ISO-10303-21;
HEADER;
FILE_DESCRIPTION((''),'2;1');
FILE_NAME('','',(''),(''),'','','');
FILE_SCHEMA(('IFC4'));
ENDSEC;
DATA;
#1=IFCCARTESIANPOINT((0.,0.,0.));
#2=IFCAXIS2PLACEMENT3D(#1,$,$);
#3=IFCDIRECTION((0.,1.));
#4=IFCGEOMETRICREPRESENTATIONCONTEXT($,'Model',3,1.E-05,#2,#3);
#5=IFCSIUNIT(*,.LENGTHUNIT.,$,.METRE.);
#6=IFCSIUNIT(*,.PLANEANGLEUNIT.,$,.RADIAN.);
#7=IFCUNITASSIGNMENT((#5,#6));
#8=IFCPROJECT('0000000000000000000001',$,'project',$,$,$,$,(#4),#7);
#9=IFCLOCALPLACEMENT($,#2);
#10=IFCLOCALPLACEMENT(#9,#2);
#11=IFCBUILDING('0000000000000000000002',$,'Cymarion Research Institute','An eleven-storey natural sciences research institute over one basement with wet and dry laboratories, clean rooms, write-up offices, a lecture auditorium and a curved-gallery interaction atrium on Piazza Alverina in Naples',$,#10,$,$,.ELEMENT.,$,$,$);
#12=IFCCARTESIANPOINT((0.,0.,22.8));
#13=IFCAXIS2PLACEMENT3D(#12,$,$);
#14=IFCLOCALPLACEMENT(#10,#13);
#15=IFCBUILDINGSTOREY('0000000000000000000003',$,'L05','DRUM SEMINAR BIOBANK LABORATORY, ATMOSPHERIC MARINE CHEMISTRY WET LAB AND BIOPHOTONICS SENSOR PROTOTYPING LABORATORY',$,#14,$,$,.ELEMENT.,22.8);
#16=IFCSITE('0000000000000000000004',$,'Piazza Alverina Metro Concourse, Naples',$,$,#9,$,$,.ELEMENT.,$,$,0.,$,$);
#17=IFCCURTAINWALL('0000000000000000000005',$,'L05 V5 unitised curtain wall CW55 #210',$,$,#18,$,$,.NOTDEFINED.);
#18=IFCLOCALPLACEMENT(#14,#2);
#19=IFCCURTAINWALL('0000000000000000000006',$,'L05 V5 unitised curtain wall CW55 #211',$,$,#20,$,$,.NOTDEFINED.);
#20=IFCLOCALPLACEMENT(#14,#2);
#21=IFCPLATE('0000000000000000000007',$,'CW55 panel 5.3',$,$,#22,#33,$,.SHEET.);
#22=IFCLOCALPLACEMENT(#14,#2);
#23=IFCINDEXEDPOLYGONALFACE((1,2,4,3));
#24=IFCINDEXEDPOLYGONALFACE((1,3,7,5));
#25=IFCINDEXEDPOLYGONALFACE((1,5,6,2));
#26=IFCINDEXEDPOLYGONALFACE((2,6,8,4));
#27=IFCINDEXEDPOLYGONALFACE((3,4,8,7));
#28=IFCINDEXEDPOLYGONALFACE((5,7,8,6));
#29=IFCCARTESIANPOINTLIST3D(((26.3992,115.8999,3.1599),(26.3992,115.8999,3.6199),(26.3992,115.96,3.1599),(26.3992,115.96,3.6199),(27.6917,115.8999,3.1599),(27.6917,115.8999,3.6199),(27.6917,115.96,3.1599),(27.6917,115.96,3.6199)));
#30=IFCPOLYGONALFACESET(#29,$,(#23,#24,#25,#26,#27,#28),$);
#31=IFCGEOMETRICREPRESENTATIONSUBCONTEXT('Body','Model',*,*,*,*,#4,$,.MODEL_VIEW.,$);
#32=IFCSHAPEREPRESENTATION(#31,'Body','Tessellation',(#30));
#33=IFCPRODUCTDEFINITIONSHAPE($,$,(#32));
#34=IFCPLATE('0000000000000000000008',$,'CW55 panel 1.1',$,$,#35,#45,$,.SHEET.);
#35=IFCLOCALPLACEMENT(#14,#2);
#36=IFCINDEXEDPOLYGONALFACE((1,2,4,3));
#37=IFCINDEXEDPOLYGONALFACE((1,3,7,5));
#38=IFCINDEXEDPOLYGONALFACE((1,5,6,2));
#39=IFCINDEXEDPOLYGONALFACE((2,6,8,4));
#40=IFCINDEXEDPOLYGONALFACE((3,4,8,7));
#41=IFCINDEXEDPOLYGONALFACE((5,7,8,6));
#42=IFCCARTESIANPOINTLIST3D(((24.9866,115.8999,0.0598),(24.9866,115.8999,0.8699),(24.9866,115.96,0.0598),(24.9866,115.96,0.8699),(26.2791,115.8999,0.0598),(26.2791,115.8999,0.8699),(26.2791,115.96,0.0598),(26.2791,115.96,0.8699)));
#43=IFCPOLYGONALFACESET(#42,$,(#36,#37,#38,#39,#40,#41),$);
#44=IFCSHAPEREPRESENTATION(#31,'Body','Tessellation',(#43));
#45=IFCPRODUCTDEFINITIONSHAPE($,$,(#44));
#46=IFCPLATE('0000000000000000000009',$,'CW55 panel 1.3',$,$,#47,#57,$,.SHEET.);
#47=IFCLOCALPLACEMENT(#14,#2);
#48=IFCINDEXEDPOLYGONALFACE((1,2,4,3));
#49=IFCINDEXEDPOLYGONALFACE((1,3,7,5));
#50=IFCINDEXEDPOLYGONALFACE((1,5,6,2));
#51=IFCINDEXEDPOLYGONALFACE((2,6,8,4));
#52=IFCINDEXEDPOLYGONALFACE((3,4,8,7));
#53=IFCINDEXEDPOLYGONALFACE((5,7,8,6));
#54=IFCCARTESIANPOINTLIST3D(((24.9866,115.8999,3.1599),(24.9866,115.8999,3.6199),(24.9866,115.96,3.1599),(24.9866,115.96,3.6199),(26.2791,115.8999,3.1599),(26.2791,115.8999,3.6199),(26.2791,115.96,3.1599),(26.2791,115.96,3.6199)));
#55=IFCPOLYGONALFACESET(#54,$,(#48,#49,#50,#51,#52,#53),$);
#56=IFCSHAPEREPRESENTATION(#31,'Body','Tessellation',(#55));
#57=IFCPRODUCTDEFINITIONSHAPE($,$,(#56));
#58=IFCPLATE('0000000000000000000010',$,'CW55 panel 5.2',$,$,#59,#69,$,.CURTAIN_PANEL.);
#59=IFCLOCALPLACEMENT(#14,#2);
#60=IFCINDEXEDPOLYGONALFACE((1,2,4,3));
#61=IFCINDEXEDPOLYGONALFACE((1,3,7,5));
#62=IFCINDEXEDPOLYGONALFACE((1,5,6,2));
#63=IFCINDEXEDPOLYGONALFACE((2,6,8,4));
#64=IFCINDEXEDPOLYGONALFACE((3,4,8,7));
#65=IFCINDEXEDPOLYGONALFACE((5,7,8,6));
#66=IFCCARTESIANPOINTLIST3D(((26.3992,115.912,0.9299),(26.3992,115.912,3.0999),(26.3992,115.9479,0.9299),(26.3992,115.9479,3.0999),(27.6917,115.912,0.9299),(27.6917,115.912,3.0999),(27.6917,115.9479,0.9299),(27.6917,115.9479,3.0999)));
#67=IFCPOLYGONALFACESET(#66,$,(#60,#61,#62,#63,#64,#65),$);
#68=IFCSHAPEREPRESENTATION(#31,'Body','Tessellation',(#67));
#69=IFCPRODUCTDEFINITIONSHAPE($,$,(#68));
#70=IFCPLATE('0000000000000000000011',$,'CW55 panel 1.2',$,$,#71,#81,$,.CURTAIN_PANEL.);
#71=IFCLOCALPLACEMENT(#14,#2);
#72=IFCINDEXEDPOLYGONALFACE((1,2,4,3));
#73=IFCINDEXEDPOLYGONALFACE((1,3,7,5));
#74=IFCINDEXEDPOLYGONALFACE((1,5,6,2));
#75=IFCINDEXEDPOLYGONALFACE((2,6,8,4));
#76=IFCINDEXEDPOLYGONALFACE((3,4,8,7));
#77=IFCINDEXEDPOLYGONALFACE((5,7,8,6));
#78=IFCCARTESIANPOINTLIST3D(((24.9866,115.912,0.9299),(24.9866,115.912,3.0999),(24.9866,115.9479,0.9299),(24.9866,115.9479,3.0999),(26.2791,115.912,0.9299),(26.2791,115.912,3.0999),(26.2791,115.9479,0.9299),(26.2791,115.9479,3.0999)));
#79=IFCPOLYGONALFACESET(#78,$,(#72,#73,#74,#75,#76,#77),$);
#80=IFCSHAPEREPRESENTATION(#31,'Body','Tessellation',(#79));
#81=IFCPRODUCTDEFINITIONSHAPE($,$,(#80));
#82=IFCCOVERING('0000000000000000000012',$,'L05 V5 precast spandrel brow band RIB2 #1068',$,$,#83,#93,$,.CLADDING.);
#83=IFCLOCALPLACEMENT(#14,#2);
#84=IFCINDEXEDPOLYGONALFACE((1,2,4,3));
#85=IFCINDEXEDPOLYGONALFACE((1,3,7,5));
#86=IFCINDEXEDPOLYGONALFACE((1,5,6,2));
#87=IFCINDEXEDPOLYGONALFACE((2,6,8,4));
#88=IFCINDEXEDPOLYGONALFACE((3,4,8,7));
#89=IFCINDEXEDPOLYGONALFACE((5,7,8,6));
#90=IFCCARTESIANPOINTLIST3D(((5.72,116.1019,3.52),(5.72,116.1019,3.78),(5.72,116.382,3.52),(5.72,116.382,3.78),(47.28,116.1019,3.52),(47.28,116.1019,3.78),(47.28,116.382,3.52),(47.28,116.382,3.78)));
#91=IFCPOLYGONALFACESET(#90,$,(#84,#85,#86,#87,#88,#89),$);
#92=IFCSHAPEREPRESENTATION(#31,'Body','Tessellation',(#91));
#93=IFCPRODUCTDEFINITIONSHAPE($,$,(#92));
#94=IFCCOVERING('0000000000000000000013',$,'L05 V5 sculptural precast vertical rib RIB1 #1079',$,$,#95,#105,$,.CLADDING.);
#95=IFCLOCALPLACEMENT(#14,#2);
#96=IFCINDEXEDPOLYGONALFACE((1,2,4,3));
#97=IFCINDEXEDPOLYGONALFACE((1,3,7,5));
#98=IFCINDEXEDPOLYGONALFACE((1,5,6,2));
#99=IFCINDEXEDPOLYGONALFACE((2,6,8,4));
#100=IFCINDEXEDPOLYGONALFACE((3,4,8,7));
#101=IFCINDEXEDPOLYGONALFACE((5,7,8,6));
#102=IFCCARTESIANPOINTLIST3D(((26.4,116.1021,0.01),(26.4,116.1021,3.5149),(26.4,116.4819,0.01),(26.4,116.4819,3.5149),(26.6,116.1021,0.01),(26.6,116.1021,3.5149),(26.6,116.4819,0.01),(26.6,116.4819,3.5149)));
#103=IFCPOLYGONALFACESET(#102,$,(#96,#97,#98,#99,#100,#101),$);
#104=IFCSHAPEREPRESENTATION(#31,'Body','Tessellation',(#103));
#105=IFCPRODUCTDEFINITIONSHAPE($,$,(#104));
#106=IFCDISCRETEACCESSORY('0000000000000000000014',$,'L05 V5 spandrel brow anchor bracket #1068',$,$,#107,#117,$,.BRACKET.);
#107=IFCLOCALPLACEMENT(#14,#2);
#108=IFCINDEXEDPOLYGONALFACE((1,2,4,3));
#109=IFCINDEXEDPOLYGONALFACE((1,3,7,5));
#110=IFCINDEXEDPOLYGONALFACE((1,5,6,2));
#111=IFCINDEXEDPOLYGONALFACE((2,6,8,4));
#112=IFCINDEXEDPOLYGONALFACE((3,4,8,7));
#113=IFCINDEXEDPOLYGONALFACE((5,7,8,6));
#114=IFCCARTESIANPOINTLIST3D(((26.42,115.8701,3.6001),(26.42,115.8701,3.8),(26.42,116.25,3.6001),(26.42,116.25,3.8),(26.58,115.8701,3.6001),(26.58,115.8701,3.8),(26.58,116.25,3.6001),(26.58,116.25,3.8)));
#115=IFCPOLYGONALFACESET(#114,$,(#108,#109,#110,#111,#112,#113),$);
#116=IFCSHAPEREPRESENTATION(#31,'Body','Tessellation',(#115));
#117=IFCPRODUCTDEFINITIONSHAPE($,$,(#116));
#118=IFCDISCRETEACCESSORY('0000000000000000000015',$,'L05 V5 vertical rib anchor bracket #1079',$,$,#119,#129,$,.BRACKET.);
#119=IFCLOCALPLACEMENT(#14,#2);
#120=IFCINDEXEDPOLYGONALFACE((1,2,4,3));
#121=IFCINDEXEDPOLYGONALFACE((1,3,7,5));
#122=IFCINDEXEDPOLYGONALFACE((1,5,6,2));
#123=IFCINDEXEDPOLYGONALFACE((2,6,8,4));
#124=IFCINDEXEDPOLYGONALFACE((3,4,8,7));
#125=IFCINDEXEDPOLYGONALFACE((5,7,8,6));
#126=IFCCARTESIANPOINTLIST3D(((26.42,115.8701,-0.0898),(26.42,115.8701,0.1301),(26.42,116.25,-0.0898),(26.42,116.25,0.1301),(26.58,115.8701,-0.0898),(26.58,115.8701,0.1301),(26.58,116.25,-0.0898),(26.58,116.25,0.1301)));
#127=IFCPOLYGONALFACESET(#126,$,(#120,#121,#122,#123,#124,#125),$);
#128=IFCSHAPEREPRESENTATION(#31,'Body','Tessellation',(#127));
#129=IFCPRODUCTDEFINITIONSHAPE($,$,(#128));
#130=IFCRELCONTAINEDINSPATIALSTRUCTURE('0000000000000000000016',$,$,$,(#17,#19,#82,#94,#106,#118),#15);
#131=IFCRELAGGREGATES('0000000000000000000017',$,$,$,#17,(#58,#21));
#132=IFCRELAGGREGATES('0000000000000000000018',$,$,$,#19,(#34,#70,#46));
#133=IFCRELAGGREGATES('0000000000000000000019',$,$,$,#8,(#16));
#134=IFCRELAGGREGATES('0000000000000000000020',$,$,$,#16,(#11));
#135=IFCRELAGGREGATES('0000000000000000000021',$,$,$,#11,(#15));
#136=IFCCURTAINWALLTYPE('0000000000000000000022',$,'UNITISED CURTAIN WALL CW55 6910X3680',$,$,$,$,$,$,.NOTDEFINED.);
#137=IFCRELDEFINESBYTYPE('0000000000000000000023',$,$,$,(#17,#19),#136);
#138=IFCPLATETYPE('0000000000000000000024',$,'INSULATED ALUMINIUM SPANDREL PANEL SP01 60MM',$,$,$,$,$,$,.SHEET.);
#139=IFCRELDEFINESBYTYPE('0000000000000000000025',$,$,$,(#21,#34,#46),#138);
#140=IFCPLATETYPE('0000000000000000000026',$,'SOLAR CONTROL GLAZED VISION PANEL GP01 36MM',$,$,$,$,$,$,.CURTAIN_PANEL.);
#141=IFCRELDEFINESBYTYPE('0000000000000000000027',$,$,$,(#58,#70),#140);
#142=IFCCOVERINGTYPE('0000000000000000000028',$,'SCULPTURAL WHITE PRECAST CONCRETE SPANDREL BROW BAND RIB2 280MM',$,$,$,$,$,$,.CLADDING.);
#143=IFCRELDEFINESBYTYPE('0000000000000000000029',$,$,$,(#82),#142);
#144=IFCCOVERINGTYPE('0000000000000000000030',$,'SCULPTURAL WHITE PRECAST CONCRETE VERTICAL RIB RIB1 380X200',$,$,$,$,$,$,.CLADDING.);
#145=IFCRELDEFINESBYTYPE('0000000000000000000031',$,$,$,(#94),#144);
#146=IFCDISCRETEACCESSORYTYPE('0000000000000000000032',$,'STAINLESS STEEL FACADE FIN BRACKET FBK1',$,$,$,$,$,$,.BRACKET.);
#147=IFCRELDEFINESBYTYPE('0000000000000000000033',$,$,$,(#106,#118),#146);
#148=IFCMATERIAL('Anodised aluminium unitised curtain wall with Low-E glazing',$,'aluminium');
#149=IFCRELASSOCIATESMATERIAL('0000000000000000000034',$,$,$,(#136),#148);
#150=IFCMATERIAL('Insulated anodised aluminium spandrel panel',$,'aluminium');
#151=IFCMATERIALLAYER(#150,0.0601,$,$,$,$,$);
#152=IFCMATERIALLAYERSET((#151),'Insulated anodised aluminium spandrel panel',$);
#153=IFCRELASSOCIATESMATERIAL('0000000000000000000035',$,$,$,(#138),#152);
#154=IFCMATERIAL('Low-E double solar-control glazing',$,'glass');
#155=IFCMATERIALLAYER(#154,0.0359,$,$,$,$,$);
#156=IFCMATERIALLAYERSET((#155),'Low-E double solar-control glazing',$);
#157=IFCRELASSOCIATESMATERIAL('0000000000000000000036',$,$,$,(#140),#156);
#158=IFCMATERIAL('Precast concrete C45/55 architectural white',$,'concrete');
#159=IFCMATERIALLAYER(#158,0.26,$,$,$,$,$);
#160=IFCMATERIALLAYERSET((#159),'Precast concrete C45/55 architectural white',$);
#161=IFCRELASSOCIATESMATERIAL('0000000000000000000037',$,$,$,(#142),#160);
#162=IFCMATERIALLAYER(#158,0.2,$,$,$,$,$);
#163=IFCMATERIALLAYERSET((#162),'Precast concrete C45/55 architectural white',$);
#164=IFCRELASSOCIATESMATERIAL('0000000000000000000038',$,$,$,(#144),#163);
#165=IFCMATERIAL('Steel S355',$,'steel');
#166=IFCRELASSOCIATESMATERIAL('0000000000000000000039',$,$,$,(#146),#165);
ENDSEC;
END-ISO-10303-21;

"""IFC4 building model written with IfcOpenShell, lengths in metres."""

from ifc_helpers import new_model, si_unit, direction, frame, origin, origin_2d, place, context, subcontext, project, spatial, rectangle, extrude, material, layer, layer_set, type_object, element, aggregate, save


model = new_model("IFC4")

# Units and contexts
model_context = context("Model", 3, precision=1e-05, world=origin(), true_north=direction((0.0, 1.0)))
body_context = subcontext(model_context, "Body", "Model", "MODEL_VIEW")
ifc_project = project(units=[si_unit("LENGTHUNIT", "METRE"), si_unit("PLANEANGLEUNIT", "RADIAN")], contexts=[model_context])

# Site, building, storey
site_placement = place(None, origin())
site = spatial("IfcSite", under=ifc_project, at=site_placement, Name="Piazza Alverina Metro Concourse, Naples", CompositionType="ELEMENT", RefElevation=0.0)
building_placement = place(site_placement, origin())
building = spatial("IfcBuilding", under=site, at=building_placement, Name="Cymarion Research Institute", Description="An eleven-storey natural sciences research institute over one basement with wet and dry laboratories, clean rooms, write-up offices, a lecture auditorium and a curved-gallery interaction atrium on Piazza Alverina in Naples", CompositionType="ELEMENT")
storey_placement = place(building_placement, frame((0.0, 0.0, 22.8)))
storey = spatial("IfcBuildingStorey", under=building, at=storey_placement, Name="L05", Description="DRUM SEMINAR BIOBANK LABORATORY, ATMOSPHERIC MARINE CHEMISTRY WET LAB AND BIOPHOTONICS SENSOR PROTOTYPING LABORATORY", CompositionType="ELEMENT", Elevation=22.8)

# Curtain walls
ifc_material_1 = material(Name="Anodised aluminium unitised curtain wall with Low-E glazing", Category="aluminium")
curtain_wall_type = type_object("IfcCurtainWallType", Name="UNITISED CURTAIN WALL CW55 6910X3680", PredefinedType="NOTDEFINED", material=ifc_material_1)
curtain_wall_1_placement = place(storey_placement, origin())
curtain_wall_1 = element("IfcCurtainWall", 1, at=curtain_wall_1_placement, inside=storey, type_object=curtain_wall_type, Name="L05 V5 unitised curtain wall CW55 #210", PredefinedType="NOTDEFINED")
curtain_wall_2_placement = place(storey_placement, origin())
curtain_wall_2 = element("IfcCurtainWall", 2, at=curtain_wall_2_placement, inside=storey, type_object=curtain_wall_type, Name="L05 V5 unitised curtain wall CW55 #211", PredefinedType="NOTDEFINED")

# Plates
ifc_material_2 = material(Name="Insulated anodised aluminium spandrel panel", Category="aluminium")
ifc_layer_1 = layer(ifc_material_2, 0.0601)
ifc_layer_set_1 = layer_set([ifc_layer_1], Name="Insulated anodised aluminium spandrel panel")
plate_type_1 = type_object("IfcPlateType", Name="INSULATED ALUMINIUM SPANDREL PANEL SP01 60MM", PredefinedType="SHEET", material=ifc_layer_set_1)
plate_1_placement = place(storey_placement, frame((27.0454, 115.9299, 3.1599), z_axis=(0.0, 0.0, 1.0), x_axis=(-1.0, 0.0, 0.0)))
plate_1 = element("IfcPlate", 3, at=plate_1_placement, type_object=plate_type_1, Name="CW55 panel 5.3", PredefinedType="SHEET", context=body_context, shape_type="SweptSolid", body=[
    extrude(rectangle(XDim=1.2925, YDim=0.0601, at=origin_2d()), origin(), (0.0, 0.0, 1.0), 0.46),
])
plate_2_placement = place(storey_placement, frame((25.6328, 115.9299, 0.0598), z_axis=(0.0, 0.0, 1.0), x_axis=(-1.0, 0.0, 0.0)))
plate_2 = element("IfcPlate", 4, at=plate_2_placement, type_object=plate_type_1, Name="CW55 panel 1.1", PredefinedType="SHEET", context=body_context, shape_type="SweptSolid", body=[
    extrude(rectangle(XDim=1.2925, YDim=0.0601, at=origin_2d()), origin(), (0.0, 0.0, 1.0), 0.8101),
])
plate_3_placement = place(storey_placement, frame((25.6328, 115.9299, 3.1599), z_axis=(0.0, 0.0, 1.0), x_axis=(-1.0, 0.0, 0.0)))
plate_3 = element("IfcPlate", 5, at=plate_3_placement, type_object=plate_type_1, Name="CW55 panel 1.3", PredefinedType="SHEET", context=body_context, shape_type="SweptSolid", body=[
    extrude(rectangle(XDim=1.2925, YDim=0.0601, at=origin_2d()), origin(), (0.0, 0.0, 1.0), 0.46),
])
ifc_material_3 = material(Name="Low-E double solar-control glazing", Category="glass")
ifc_layer_2 = layer(ifc_material_3, 0.0359)
ifc_layer_set_2 = layer_set([ifc_layer_2], Name="Low-E double solar-control glazing")
plate_type_2 = type_object("IfcPlateType", Name="SOLAR CONTROL GLAZED VISION PANEL GP01 36MM", PredefinedType="CURTAIN_PANEL", material=ifc_layer_set_2)
plate_4_placement = place(storey_placement, frame((27.0454, 115.9299, 0.9299), z_axis=(0.0, 0.0, 1.0), x_axis=(-1.0, 0.0, 0.0)))
plate_4 = element("IfcPlate", 6, at=plate_4_placement, type_object=plate_type_2, Name="CW55 panel 5.2", PredefinedType="CURTAIN_PANEL", context=body_context, shape_type="SweptSolid", body=[
    extrude(rectangle(XDim=1.2925, YDim=0.0359, at=origin_2d()), origin(), (0.0, 0.0, 1.0), 2.1699),
])
aggregate(curtain_wall_1, [plate_4, plate_1])
plate_5_placement = place(storey_placement, frame((25.6328, 115.9299, 0.9299), z_axis=(0.0, 0.0, 1.0), x_axis=(-1.0, 0.0, 0.0)))
plate_5 = element("IfcPlate", 7, at=plate_5_placement, type_object=plate_type_2, Name="CW55 panel 1.2", PredefinedType="CURTAIN_PANEL", context=body_context, shape_type="SweptSolid", body=[
    extrude(rectangle(XDim=1.2925, YDim=0.0359, at=origin_2d()), origin(), (0.0, 0.0, 1.0), 2.1699),
])
aggregate(curtain_wall_2, [plate_2, plate_5, plate_3])

# Coverings
ifc_material_4 = material(Name="Precast concrete C45/55 architectural white", Category="concrete")
ifc_layer_3 = layer(ifc_material_4, 0.26)
ifc_layer_set_3 = layer_set([ifc_layer_3], Name="Precast concrete C45/55 architectural white")
covering_type_1 = type_object("IfcCoveringType", Name="SCULPTURAL WHITE PRECAST CONCRETE SPANDREL BROW BAND RIB2 280MM", PredefinedType="CLADDING", material=ifc_layer_set_3)
covering_1_placement = place(storey_placement, frame((26.5, 116.2419, 3.52), z_axis=(0.0, 0.0, 1.0), x_axis=(0.0, 1.0, 0.0)))
element("IfcCovering", 8, at=covering_1_placement, inside=storey, type_object=covering_type_1, Name="L05 V5 precast spandrel brow band RIB2 #1068", PredefinedType="CLADDING", context=body_context, shape_type="SweptSolid", body=[
    extrude(rectangle(XDim=0.28, YDim=41.5601, at=origin_2d()), origin(), (0.0, 0.0, 1.0), 0.26),
])
ifc_layer_4 = layer(ifc_material_4, 0.2)
ifc_layer_set_4 = layer_set([ifc_layer_4], Name="Precast concrete C45/55 architectural white")
covering_type_2 = type_object("IfcCoveringType", Name="SCULPTURAL WHITE PRECAST CONCRETE VERTICAL RIB RIB1 380X200", PredefinedType="CLADDING", material=ifc_layer_set_4)
covering_2_placement = place(storey_placement, frame((26.5, 116.292, 0.01), z_axis=(0.0, 0.0, 1.0), x_axis=(0.0, 1.0, 0.0)))
element("IfcCovering", 9, at=covering_2_placement, inside=storey, type_object=covering_type_2, Name="L05 V5 sculptural precast vertical rib RIB1 #1079", PredefinedType="CLADDING", context=body_context, shape_type="SweptSolid", body=[
    extrude(rectangle(XDim=0.3799, YDim=0.2, at=origin_2d()), origin(), (0.0, 0.0, 1.0), 3.5049),
])

# Discrete accessories
ifc_material_5 = material(Name="Steel S355", Category="steel")
discrete_accessory_type = type_object("IfcDiscreteAccessoryType", Name="STAINLESS STEEL FACADE FIN BRACKET FBK1", PredefinedType="BRACKET", material=ifc_material_5)
discrete_accessory_1_placement = place(storey_placement, frame((26.5, 116.0601, 3.6001), z_axis=(0.0, 0.0, 1.0), x_axis=(0.0, 1.0, 0.0)))
element("IfcDiscreteAccessory", 10, at=discrete_accessory_1_placement, inside=storey, type_object=discrete_accessory_type, Name="L05 V5 spandrel brow anchor bracket #1068", PredefinedType="BRACKET", context=body_context, shape_type="SweptSolid", body=[
    extrude(rectangle(XDim=0.3799, YDim=0.1599, at=origin_2d()), origin(), (0.0, 0.0, 1.0), 0.2),
])
discrete_accessory_2_placement = place(storey_placement, frame((26.5, 116.0601, -0.0898), z_axis=(0.0, 0.0, 1.0), x_axis=(0.0, 1.0, 0.0)))
element("IfcDiscreteAccessory", 11, at=discrete_accessory_2_placement, inside=storey, type_object=discrete_accessory_type, Name="L05 V5 vertical rib anchor bracket #1079", PredefinedType="BRACKET", context=body_context, shape_type="SweptSolid", body=[
    extrude(rectangle(XDim=0.3799, YDim=0.1599, at=origin_2d()), origin(), (0.0, 0.0, 1.0), 0.22),
])

save(model, "model.ifc")
